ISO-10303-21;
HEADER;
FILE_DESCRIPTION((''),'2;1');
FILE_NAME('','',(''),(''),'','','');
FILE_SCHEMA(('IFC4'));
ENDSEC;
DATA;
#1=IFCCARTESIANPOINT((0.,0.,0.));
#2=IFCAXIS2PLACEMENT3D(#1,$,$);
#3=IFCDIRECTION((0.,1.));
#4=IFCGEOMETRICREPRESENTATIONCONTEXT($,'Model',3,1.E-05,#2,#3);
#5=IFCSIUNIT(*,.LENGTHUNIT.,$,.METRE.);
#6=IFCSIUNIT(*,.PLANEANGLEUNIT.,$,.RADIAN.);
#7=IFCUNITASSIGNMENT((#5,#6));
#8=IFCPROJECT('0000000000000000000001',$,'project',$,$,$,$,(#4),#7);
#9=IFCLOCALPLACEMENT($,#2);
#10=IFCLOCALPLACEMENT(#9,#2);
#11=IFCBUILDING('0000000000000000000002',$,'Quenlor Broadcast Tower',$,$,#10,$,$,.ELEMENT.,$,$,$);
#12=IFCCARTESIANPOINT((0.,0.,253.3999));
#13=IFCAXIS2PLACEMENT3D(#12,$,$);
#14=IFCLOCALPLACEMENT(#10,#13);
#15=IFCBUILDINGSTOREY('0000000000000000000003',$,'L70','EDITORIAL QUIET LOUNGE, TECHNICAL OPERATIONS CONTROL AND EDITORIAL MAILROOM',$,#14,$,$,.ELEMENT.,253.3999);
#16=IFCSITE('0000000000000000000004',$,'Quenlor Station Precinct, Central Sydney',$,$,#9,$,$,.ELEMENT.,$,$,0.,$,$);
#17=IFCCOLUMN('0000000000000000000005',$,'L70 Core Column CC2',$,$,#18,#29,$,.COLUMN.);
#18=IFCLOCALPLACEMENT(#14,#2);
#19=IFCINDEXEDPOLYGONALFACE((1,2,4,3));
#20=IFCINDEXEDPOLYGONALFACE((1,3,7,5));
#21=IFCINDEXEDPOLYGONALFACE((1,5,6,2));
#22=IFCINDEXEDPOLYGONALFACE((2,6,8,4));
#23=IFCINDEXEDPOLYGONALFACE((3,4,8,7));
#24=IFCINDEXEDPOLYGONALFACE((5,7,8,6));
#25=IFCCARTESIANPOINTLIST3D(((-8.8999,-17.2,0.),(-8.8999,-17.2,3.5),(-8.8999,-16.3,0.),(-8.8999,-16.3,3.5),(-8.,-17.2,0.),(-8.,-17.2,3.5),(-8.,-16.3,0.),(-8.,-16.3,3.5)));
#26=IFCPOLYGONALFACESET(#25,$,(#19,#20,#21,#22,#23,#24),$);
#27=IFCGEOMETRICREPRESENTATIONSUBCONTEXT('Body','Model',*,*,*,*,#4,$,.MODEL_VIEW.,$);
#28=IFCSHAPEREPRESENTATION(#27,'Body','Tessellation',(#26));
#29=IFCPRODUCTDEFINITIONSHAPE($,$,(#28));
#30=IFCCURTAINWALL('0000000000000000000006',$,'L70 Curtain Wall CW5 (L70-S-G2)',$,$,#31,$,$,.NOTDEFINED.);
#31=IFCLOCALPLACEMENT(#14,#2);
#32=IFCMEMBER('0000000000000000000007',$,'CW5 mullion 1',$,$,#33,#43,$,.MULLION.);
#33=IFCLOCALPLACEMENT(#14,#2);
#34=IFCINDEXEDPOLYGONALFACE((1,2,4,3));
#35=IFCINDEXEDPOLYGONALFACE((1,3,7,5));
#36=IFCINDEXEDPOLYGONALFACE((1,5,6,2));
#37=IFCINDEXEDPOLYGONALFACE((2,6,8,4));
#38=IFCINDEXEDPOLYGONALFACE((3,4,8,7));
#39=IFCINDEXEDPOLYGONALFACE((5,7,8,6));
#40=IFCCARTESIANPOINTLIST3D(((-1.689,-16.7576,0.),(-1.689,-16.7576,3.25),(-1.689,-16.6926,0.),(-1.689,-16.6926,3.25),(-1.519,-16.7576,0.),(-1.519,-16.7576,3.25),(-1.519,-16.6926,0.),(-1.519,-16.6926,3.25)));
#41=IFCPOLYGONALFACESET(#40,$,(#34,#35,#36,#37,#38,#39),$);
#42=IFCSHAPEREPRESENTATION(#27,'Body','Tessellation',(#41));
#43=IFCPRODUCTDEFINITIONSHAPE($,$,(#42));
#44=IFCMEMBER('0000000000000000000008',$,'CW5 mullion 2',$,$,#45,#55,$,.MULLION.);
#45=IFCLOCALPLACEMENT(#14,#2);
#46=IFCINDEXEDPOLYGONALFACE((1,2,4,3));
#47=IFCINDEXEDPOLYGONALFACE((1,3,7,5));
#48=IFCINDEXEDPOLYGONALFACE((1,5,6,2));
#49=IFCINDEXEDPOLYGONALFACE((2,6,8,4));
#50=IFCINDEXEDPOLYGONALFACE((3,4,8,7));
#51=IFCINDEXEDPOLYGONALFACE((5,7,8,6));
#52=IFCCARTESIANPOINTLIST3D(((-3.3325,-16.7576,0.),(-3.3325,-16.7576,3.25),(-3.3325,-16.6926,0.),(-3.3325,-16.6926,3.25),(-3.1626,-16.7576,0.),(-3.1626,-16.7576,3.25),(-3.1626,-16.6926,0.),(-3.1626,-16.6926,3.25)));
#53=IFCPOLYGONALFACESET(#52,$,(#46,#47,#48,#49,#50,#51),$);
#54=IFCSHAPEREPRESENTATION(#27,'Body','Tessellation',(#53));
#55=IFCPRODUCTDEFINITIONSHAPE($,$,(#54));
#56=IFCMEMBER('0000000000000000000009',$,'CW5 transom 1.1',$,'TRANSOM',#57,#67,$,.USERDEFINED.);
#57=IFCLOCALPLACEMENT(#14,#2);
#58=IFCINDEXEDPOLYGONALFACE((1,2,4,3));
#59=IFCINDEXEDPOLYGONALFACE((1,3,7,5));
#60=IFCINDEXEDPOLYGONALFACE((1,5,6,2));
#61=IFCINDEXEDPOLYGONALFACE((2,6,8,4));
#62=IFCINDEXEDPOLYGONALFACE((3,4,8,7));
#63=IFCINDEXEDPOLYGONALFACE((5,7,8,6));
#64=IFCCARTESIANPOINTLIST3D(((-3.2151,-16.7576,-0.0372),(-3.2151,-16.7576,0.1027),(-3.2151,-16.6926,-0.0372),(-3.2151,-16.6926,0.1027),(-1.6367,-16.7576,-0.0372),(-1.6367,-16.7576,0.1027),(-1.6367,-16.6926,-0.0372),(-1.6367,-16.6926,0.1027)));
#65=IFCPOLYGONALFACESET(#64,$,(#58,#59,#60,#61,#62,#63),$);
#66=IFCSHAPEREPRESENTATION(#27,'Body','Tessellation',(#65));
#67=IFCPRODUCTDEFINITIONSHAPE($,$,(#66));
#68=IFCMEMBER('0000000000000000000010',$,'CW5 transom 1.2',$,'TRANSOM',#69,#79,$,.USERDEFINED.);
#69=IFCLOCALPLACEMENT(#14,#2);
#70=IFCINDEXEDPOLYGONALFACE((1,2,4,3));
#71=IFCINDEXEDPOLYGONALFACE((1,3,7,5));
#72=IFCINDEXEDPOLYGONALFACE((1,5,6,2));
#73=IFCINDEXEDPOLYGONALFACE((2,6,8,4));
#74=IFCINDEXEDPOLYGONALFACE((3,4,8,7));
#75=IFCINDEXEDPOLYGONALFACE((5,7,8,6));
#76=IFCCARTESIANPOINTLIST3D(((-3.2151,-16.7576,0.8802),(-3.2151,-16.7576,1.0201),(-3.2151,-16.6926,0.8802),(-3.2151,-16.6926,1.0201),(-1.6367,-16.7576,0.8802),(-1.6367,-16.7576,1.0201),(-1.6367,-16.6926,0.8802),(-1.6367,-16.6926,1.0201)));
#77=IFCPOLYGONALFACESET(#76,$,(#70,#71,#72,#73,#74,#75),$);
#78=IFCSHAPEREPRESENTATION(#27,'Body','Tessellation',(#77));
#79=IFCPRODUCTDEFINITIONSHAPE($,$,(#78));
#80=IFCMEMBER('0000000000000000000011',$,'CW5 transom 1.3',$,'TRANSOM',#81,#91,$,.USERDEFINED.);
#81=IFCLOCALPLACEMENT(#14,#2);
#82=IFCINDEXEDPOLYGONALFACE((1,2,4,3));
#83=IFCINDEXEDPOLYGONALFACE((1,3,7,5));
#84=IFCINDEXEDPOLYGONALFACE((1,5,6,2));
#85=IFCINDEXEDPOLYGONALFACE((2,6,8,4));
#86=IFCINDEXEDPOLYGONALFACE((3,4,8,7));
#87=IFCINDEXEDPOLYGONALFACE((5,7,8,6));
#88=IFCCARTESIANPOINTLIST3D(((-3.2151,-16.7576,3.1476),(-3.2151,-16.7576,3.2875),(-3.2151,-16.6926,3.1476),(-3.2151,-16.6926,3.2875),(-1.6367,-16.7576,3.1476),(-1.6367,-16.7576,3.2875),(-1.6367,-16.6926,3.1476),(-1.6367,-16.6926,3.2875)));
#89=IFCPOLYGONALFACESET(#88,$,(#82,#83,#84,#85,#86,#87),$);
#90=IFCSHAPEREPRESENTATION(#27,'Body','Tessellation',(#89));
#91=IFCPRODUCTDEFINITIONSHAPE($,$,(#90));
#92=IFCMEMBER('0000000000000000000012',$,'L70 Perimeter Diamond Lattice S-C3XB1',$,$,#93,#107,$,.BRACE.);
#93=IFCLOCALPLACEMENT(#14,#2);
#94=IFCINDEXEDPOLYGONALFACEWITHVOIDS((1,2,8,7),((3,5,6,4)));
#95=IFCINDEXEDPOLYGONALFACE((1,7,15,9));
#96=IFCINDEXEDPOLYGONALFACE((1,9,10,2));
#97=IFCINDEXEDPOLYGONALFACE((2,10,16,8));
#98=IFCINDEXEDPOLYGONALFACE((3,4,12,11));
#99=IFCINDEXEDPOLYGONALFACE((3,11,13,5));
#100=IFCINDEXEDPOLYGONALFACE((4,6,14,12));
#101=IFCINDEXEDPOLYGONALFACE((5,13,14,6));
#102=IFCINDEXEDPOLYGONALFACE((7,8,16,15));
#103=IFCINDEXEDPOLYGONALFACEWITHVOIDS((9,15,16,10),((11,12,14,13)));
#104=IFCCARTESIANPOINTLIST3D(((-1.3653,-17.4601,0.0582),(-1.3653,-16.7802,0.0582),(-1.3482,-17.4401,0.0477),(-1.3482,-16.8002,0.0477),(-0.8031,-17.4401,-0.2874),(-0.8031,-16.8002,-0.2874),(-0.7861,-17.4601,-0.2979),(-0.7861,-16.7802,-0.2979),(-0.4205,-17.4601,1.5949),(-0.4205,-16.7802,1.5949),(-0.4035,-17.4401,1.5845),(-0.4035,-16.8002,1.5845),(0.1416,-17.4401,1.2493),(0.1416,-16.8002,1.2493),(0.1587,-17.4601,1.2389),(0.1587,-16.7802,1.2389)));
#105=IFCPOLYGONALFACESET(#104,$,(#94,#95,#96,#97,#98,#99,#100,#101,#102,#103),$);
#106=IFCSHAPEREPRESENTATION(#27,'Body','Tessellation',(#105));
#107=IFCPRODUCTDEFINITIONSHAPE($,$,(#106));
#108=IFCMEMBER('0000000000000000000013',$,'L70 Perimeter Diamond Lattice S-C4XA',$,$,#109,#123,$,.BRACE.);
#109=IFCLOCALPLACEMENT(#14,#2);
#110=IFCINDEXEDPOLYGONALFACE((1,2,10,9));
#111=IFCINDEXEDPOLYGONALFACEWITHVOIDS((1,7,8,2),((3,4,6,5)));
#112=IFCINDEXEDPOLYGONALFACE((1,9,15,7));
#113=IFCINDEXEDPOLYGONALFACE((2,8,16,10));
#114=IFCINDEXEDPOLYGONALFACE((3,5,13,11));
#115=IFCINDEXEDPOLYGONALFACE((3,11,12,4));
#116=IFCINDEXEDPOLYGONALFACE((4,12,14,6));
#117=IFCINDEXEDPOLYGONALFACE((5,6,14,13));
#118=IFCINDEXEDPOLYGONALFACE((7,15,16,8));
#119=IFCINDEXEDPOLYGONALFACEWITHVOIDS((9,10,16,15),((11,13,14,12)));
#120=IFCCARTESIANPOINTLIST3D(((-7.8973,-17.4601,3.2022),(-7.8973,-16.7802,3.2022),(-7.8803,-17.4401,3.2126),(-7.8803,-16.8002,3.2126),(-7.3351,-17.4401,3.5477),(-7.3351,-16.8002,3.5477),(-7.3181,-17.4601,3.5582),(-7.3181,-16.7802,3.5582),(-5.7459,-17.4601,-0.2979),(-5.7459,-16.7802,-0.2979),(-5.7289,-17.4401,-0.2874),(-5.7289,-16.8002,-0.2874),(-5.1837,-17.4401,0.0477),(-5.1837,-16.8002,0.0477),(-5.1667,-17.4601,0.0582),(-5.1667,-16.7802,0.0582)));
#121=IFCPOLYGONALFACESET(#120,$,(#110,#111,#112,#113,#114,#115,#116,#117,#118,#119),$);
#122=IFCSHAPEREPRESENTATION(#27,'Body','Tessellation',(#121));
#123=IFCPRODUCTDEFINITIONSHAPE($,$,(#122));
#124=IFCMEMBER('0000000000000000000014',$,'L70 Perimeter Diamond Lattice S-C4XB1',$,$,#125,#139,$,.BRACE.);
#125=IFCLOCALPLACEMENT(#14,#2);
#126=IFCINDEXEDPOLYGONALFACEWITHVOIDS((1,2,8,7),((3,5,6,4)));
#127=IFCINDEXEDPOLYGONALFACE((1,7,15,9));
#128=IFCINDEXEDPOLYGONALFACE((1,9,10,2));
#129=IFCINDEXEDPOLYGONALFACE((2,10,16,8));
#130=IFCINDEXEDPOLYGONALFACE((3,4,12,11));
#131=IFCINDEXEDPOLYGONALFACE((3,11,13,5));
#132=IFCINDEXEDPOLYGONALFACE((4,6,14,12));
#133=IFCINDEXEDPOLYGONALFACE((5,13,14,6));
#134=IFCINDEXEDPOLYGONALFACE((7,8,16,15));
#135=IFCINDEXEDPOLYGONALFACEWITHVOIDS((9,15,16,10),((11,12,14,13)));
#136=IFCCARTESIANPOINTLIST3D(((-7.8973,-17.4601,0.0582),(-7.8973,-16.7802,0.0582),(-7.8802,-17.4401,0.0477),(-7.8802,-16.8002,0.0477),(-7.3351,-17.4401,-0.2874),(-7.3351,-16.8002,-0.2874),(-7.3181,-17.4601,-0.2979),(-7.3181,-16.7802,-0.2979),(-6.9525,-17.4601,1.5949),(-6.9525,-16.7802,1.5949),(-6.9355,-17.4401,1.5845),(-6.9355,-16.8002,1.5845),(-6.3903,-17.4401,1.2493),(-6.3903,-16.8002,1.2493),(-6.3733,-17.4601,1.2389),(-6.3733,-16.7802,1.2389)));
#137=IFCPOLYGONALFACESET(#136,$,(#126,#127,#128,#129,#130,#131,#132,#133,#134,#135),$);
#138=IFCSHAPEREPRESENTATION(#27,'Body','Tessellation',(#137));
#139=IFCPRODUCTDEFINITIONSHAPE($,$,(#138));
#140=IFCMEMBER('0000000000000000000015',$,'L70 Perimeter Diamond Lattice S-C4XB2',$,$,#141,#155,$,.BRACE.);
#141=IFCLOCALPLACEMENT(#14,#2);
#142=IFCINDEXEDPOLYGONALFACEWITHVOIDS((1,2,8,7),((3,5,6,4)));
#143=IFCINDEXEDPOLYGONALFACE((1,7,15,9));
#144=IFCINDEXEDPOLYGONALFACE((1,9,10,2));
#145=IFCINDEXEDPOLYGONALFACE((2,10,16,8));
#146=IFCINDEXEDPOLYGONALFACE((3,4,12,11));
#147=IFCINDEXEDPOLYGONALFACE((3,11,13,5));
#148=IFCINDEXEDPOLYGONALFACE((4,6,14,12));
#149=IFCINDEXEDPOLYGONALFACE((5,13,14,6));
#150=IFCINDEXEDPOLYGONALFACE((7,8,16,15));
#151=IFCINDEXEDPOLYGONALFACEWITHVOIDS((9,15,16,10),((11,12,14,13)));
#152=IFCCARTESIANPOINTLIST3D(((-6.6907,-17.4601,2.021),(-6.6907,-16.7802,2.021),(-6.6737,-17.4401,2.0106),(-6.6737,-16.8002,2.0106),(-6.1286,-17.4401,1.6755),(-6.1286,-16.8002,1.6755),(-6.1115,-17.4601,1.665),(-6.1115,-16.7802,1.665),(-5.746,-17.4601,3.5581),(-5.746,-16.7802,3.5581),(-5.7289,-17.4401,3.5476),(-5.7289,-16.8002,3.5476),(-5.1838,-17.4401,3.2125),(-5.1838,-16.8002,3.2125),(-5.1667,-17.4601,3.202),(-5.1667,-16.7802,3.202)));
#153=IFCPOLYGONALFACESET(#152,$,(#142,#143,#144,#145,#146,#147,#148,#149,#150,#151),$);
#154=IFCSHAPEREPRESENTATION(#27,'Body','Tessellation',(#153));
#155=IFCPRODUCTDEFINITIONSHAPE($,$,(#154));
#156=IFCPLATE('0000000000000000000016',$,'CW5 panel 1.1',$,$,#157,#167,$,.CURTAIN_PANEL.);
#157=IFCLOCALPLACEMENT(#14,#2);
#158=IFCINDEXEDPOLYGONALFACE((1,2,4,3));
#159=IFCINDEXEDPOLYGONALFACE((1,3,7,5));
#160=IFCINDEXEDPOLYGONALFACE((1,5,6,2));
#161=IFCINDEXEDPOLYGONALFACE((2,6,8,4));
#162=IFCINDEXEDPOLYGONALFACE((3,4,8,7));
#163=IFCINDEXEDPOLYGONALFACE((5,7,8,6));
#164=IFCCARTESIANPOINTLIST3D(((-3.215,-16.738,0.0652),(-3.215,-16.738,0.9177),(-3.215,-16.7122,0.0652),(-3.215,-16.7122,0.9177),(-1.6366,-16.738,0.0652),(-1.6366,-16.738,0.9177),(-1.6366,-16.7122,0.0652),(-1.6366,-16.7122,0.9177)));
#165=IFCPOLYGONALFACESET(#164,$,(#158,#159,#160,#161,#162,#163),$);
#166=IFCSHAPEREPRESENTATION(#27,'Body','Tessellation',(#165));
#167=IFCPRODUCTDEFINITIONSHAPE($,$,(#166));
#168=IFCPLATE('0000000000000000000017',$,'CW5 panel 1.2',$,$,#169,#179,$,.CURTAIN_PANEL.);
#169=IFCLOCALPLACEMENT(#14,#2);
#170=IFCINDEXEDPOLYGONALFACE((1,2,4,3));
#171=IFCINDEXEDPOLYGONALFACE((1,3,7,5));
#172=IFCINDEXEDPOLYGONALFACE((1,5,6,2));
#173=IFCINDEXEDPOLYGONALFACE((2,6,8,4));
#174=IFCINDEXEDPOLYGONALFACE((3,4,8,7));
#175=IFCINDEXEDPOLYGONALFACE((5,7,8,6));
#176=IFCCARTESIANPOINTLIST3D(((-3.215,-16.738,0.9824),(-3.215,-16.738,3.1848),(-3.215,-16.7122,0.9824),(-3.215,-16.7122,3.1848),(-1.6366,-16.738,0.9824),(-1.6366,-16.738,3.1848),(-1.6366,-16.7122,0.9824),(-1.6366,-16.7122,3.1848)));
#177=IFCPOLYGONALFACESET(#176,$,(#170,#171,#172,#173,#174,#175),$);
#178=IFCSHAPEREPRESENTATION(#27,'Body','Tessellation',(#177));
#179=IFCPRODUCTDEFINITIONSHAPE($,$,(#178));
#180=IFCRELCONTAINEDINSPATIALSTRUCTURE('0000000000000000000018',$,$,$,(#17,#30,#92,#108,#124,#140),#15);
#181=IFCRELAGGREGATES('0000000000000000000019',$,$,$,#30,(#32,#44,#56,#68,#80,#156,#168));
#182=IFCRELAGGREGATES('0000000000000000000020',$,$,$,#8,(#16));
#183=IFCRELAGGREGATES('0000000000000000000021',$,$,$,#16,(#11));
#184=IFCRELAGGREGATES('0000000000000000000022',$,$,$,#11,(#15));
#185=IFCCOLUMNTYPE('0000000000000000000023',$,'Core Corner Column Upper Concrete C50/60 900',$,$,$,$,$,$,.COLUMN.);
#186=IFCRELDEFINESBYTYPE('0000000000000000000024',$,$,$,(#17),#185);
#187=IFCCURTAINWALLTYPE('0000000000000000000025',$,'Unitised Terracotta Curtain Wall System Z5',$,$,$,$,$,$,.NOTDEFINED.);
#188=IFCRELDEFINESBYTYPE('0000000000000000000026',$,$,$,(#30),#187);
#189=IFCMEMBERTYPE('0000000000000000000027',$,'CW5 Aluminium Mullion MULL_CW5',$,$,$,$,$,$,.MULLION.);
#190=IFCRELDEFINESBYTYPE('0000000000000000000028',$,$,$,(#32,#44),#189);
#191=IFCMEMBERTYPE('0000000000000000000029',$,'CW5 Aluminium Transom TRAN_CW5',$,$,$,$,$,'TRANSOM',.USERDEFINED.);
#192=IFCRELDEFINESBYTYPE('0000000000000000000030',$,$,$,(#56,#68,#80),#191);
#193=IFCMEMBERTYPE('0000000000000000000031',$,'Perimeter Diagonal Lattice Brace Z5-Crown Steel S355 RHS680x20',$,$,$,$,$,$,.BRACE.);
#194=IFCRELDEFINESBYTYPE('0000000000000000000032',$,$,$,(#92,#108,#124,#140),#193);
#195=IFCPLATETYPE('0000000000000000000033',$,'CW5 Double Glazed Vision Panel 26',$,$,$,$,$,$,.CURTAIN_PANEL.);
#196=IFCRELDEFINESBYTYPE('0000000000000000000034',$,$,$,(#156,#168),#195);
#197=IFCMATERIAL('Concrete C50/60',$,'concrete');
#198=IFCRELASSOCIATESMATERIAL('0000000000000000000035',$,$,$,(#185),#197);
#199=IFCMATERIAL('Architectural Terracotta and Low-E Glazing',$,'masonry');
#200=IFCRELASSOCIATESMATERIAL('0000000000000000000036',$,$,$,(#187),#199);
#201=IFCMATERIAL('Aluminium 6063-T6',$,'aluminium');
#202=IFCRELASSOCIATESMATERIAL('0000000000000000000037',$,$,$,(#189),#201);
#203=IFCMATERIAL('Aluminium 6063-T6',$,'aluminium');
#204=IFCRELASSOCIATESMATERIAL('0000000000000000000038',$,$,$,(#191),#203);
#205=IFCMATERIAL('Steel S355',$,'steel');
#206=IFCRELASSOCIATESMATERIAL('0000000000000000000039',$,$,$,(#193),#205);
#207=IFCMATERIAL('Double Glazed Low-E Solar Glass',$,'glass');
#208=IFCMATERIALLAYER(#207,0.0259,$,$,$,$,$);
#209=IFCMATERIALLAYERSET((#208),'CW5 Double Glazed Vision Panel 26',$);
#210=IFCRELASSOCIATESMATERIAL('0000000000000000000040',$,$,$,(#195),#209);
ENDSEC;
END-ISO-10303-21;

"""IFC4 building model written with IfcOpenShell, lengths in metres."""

from ifc_helpers import new_model, si_unit, direction, frame, origin, origin_2d, place, context, subcontext, project, spatial, rectangle, hollow_rectangle, extrude, material, layer, layer_set, material_profile, profile_set, type_object, element, aggregate, save


model = new_model("IFC4")

# Units and contexts
model_context = context("Model", 3, precision=1e-05, world=origin(), true_north=direction((0.0, 1.0)))
body_context = subcontext(model_context, "Body", "Model", "MODEL_VIEW")
ifc_project = project(units=[si_unit("LENGTHUNIT", "METRE"), si_unit("PLANEANGLEUNIT", "RADIAN")], contexts=[model_context])

# Site, building, storey
site_placement = place(None, origin())
site = spatial("IfcSite", under=ifc_project, at=site_placement, Name="Quenlor Station Precinct, Central Sydney", CompositionType="ELEMENT", RefElevation=0.0)
building_placement = place(site_placement, origin())
building = spatial("IfcBuilding", under=site, at=building_placement, Name="Quenlor Broadcast Tower", CompositionType="ELEMENT")
storey_placement = place(building_placement, frame((0.0, 0.0, 253.3999)))
storey = spatial("IfcBuildingStorey", under=building, at=storey_placement, Name="L70", Description="EDITORIAL QUIET LOUNGE, TECHNICAL OPERATIONS CONTROL AND EDITORIAL MAILROOM", CompositionType="ELEMENT", Elevation=253.3999)

# Column
ifc_material_1 = material(Name="Concrete C50/60", Category="concrete")
ifc_material_profile_1 = material_profile(ifc_material_1, rectangle(XDim=0.8999, YDim=0.8999, at=origin_2d()))
ifc_profile_set_1 = profile_set([ifc_material_profile_1], Name="Concrete C50/60 RC900x900")
column_type = type_object("IfcColumnType", Name="Core Corner Column Upper Concrete C50/60 900", PredefinedType="COLUMN", material=ifc_profile_set_1)
column_placement = place(storey_placement, frame((-8.45, -16.75, 0.0), z_axis=(0.0, 0.0, 1.0), x_axis=(1.0, 0.0, 0.0)))
element("IfcColumn", 1, at=column_placement, inside=storey, type_object=column_type, Name="L70 Core Column CC2", PredefinedType="COLUMN", context=body_context, shape_type="SweptSolid", body=[
    extrude(rectangle(XDim=0.8999, YDim=0.8999, at=origin_2d()), origin(), (0.0, 0.0, 1.0), 3.5),
])

# Curtain wall, members
ifc_material_2 = material(Name="Architectural Terracotta and Low-E Glazing", Category="masonry")
curtain_wall_type = type_object("IfcCurtainWallType", Name="Unitised Terracotta Curtain Wall System Z5", PredefinedType="NOTDEFINED", material=ifc_material_2)
curtain_wall_placement = place(storey_placement, origin())
curtain_wall = element("IfcCurtainWall", 2, at=curtain_wall_placement, inside=storey, type_object=curtain_wall_type, Name="L70 Curtain Wall CW5 (L70-S-G2)", PredefinedType="NOTDEFINED")
ifc_material_3 = material(Name="Aluminium 6063-T6", Category="aluminium")
ifc_material_profile_2 = material_profile(ifc_material_3, rectangle(XDim=0.0649, YDim=0.1699, at=origin_2d()))
ifc_profile_set_2 = profile_set([ifc_material_profile_2], Name="Aluminium 6063-T6 MULL65x170")
member_type_1 = type_object("IfcMemberType", Name="CW5 Aluminium Mullion MULL_CW5", PredefinedType="MULLION", material=ifc_profile_set_2)
member_1_placement = place(storey_placement, frame((-1.604, -16.7251, 0.0), z_axis=(0.0, 0.0, 1.0), x_axis=(0.0, -1.0, 0.0)))
member_1 = element("IfcMember", 3, at=member_1_placement, type_object=member_type_1, Name="CW5 mullion 1", PredefinedType="MULLION", context=body_context, shape_type="SweptSolid", body=[
    extrude(rectangle(XDim=0.0649, YDim=0.1699, at=origin_2d()), origin(), (0.0, 0.0, 1.0), 3.25),
])
member_2_placement = place(storey_placement, frame((-3.2476, -16.7251, 0.0), z_axis=(0.0, 0.0, 1.0), x_axis=(0.0, -1.0, 0.0)))
member_2 = element("IfcMember", 4, at=member_2_placement, type_object=member_type_1, Name="CW5 mullion 2", PredefinedType="MULLION", context=body_context, shape_type="SweptSolid", body=[
    extrude(rectangle(XDim=0.0649, YDim=0.1699, at=origin_2d()), origin(), (0.0, 0.0, 1.0), 3.25),
])
ifc_material_4 = material(Name="Aluminium 6063-T6", Category="aluminium")
ifc_material_profile_3 = material_profile(ifc_material_4, rectangle(XDim=0.0649, YDim=0.1399, at=origin_2d()))
ifc_profile_set_3 = profile_set([ifc_material_profile_3], Name="Aluminium 6063-T6 TRAN65x140")
member_type_2 = type_object("IfcMemberType", Name="CW5 Aluminium Transom TRAN_CW5", ElementType="TRANSOM", PredefinedType="USERDEFINED", material=ifc_profile_set_3)
member_3_placement = place(storey_placement, frame((-1.6367, -16.7251, 0.0327), z_axis=(-1.0, 0.0, 0.0), x_axis=(0.0, -1.0, 0.0)))
member_3 = element("IfcMember", 5, at=member_3_placement, type_object=member_type_2, Name="CW5 transom 1.1", ObjectType="TRANSOM", PredefinedType="USERDEFINED", context=body_context, shape_type="SweptSolid", body=[
    extrude(rectangle(XDim=0.0649, YDim=0.1399, at=origin_2d()), origin(), (0.0, 0.0, 1.0), 1.5784),
])
member_4_placement = place(storey_placement, frame((-1.6367, -16.7251, 0.9502), z_axis=(-1.0, 0.0, 0.0), x_axis=(0.0, -1.0, 0.0)))
member_4 = element("IfcMember", 6, at=member_4_placement, type_object=member_type_2, Name="CW5 transom 1.2", ObjectType="TRANSOM", PredefinedType="USERDEFINED", context=body_context, shape_type="SweptSolid", body=[
    extrude(rectangle(XDim=0.0649, YDim=0.1399, at=origin_2d()), origin(), (0.0, 0.0, 1.0), 1.5784),
])
member_5_placement = place(storey_placement, frame((-1.6367, -16.7251, 3.2175), z_axis=(-1.0, 0.0, 0.0), x_axis=(0.0, -1.0, 0.0)))
member_5 = element("IfcMember", 7, at=member_5_placement, type_object=member_type_2, Name="CW5 transom 1.3", ObjectType="TRANSOM", PredefinedType="USERDEFINED", context=body_context, shape_type="SweptSolid", body=[
    extrude(rectangle(XDim=0.0649, YDim=0.1399, at=origin_2d()), origin(), (0.0, 0.0, 1.0), 1.5784),
])

# Members
ifc_material_5 = material(Name="Steel S355", Category="steel")
ifc_material_profile_4 = material_profile(ifc_material_5, hollow_rectangle(XDim=0.6799, YDim=0.6799, WallThickness=0.02, at=origin_2d()))
ifc_profile_set_4 = profile_set([ifc_material_profile_4], Name="Steel S355 RHS680x680x20")
member_type_3 = type_object("IfcMemberType", Name="Perimeter Diagonal Lattice Brace Z5-Crown Steel S355 RHS680x20", PredefinedType="BRACE", material=ifc_profile_set_4)
member_6_placement = place(storey_placement, frame((-1.0757, -17.1201, -0.1199), z_axis=(0.52372, 0.0, 0.851891), x_axis=(0.0, 1.0, 0.0)))
element("IfcMember", 8, at=member_6_placement, inside=storey, type_object=member_type_3, Name="L70 Perimeter Diamond Lattice S-C3XB1", PredefinedType="BRACE", context=body_context, shape_type="SweptSolid", body=[
    extrude(hollow_rectangle(XDim=0.6799, YDim=0.6799, WallThickness=0.02, at=origin_2d()), origin(), (0.0, 0.0, 1.0), 1.804),
])
member_7_placement = place(storey_placement, frame((-5.4563, -17.1201, -0.1199), z_axis=(-0.52366, 0.0, 0.851928), x_axis=(0.0, -1.0, 0.0)))
element("IfcMember", 9, at=member_7_placement, inside=storey, type_object=member_type_3, Name="L70 Perimeter Diamond Lattice S-C4XA", PredefinedType="BRACE", context=body_context, shape_type="SweptSolid", body=[
    extrude(hollow_rectangle(XDim=0.6799, YDim=0.6799, WallThickness=0.02, at=origin_2d()), origin(), (0.0, 0.0, 1.0), 4.1084),
])
member_8_placement = place(storey_placement, frame((-7.6077, -17.1201, -0.1199), z_axis=(0.52372, 0.0, 0.851891), x_axis=(0.0, 1.0, 0.0)))
element("IfcMember", 10, at=member_8_placement, inside=storey, type_object=member_type_3, Name="L70 Perimeter Diamond Lattice S-C4XB1", PredefinedType="BRACE", context=body_context, shape_type="SweptSolid", body=[
    extrude(hollow_rectangle(XDim=0.6799, YDim=0.6799, WallThickness=0.02, at=origin_2d()), origin(), (0.0, 0.0, 1.0), 1.804),
])
member_9_placement = place(storey_placement, frame((-6.4011, -17.1201, 1.843), z_axis=(0.523659, 0.0, 0.851928), x_axis=(0.0, 1.0, 0.0)))
element("IfcMember", 11, at=member_9_placement, inside=storey, type_object=member_type_3, Name="L70 Perimeter Diamond Lattice S-C4XB2", PredefinedType="BRACE", context=body_context, shape_type="SweptSolid", body=[
    extrude(hollow_rectangle(XDim=0.6799, YDim=0.6799, WallThickness=0.02, at=origin_2d()), origin(), (0.0, 0.0, 1.0), 1.8042),
])

# Plates
ifc_material_6 = material(Name="Double Glazed Low-E Solar Glass", Category="glass")
ifc_layer_1 = layer(ifc_material_6, 0.0259)
ifc_layer_set_1 = layer_set([ifc_layer_1], Name="CW5 Double Glazed Vision Panel 26")
plate_type_1 = type_object("IfcPlateType", Name="CW5 Double Glazed Vision Panel 26", PredefinedType="CURTAIN_PANEL", material=ifc_layer_set_1)
plate_1_placement = place(storey_placement, frame((-2.4258, -16.7251, 0.0652), z_axis=(0.0, 0.0, 1.0), x_axis=(-1.0, 0.0, 0.0)))
plate_1 = element("IfcPlate", 12, at=plate_1_placement, type_object=plate_type_1, Name="CW5 panel 1.1", PredefinedType="CURTAIN_PANEL", context=body_context, shape_type="SweptSolid", body=[
    extrude(rectangle(XDim=1.5784, YDim=0.0259, at=origin_2d()), origin(), (0.0, 0.0, 1.0), 0.8525),
])
plate_2_placement = place(storey_placement, frame((-2.4258, -16.7251, 0.9824), z_axis=(0.0, 0.0, 1.0), x_axis=(-1.0, 0.0, 0.0)))
plate_2 = element("IfcPlate", 13, at=plate_2_placement, type_object=plate_type_1, Name="CW5 panel 1.2", PredefinedType="CURTAIN_PANEL", context=body_context, shape_type="SweptSolid", body=[
    extrude(rectangle(XDim=1.5784, YDim=0.0259, at=origin_2d()), origin(), (0.0, 0.0, 1.0), 2.2024),
])
aggregate(curtain_wall, [member_1, member_2, member_3, member_4, member_5, plate_1, plate_2])

save(model, "model.ifc")
